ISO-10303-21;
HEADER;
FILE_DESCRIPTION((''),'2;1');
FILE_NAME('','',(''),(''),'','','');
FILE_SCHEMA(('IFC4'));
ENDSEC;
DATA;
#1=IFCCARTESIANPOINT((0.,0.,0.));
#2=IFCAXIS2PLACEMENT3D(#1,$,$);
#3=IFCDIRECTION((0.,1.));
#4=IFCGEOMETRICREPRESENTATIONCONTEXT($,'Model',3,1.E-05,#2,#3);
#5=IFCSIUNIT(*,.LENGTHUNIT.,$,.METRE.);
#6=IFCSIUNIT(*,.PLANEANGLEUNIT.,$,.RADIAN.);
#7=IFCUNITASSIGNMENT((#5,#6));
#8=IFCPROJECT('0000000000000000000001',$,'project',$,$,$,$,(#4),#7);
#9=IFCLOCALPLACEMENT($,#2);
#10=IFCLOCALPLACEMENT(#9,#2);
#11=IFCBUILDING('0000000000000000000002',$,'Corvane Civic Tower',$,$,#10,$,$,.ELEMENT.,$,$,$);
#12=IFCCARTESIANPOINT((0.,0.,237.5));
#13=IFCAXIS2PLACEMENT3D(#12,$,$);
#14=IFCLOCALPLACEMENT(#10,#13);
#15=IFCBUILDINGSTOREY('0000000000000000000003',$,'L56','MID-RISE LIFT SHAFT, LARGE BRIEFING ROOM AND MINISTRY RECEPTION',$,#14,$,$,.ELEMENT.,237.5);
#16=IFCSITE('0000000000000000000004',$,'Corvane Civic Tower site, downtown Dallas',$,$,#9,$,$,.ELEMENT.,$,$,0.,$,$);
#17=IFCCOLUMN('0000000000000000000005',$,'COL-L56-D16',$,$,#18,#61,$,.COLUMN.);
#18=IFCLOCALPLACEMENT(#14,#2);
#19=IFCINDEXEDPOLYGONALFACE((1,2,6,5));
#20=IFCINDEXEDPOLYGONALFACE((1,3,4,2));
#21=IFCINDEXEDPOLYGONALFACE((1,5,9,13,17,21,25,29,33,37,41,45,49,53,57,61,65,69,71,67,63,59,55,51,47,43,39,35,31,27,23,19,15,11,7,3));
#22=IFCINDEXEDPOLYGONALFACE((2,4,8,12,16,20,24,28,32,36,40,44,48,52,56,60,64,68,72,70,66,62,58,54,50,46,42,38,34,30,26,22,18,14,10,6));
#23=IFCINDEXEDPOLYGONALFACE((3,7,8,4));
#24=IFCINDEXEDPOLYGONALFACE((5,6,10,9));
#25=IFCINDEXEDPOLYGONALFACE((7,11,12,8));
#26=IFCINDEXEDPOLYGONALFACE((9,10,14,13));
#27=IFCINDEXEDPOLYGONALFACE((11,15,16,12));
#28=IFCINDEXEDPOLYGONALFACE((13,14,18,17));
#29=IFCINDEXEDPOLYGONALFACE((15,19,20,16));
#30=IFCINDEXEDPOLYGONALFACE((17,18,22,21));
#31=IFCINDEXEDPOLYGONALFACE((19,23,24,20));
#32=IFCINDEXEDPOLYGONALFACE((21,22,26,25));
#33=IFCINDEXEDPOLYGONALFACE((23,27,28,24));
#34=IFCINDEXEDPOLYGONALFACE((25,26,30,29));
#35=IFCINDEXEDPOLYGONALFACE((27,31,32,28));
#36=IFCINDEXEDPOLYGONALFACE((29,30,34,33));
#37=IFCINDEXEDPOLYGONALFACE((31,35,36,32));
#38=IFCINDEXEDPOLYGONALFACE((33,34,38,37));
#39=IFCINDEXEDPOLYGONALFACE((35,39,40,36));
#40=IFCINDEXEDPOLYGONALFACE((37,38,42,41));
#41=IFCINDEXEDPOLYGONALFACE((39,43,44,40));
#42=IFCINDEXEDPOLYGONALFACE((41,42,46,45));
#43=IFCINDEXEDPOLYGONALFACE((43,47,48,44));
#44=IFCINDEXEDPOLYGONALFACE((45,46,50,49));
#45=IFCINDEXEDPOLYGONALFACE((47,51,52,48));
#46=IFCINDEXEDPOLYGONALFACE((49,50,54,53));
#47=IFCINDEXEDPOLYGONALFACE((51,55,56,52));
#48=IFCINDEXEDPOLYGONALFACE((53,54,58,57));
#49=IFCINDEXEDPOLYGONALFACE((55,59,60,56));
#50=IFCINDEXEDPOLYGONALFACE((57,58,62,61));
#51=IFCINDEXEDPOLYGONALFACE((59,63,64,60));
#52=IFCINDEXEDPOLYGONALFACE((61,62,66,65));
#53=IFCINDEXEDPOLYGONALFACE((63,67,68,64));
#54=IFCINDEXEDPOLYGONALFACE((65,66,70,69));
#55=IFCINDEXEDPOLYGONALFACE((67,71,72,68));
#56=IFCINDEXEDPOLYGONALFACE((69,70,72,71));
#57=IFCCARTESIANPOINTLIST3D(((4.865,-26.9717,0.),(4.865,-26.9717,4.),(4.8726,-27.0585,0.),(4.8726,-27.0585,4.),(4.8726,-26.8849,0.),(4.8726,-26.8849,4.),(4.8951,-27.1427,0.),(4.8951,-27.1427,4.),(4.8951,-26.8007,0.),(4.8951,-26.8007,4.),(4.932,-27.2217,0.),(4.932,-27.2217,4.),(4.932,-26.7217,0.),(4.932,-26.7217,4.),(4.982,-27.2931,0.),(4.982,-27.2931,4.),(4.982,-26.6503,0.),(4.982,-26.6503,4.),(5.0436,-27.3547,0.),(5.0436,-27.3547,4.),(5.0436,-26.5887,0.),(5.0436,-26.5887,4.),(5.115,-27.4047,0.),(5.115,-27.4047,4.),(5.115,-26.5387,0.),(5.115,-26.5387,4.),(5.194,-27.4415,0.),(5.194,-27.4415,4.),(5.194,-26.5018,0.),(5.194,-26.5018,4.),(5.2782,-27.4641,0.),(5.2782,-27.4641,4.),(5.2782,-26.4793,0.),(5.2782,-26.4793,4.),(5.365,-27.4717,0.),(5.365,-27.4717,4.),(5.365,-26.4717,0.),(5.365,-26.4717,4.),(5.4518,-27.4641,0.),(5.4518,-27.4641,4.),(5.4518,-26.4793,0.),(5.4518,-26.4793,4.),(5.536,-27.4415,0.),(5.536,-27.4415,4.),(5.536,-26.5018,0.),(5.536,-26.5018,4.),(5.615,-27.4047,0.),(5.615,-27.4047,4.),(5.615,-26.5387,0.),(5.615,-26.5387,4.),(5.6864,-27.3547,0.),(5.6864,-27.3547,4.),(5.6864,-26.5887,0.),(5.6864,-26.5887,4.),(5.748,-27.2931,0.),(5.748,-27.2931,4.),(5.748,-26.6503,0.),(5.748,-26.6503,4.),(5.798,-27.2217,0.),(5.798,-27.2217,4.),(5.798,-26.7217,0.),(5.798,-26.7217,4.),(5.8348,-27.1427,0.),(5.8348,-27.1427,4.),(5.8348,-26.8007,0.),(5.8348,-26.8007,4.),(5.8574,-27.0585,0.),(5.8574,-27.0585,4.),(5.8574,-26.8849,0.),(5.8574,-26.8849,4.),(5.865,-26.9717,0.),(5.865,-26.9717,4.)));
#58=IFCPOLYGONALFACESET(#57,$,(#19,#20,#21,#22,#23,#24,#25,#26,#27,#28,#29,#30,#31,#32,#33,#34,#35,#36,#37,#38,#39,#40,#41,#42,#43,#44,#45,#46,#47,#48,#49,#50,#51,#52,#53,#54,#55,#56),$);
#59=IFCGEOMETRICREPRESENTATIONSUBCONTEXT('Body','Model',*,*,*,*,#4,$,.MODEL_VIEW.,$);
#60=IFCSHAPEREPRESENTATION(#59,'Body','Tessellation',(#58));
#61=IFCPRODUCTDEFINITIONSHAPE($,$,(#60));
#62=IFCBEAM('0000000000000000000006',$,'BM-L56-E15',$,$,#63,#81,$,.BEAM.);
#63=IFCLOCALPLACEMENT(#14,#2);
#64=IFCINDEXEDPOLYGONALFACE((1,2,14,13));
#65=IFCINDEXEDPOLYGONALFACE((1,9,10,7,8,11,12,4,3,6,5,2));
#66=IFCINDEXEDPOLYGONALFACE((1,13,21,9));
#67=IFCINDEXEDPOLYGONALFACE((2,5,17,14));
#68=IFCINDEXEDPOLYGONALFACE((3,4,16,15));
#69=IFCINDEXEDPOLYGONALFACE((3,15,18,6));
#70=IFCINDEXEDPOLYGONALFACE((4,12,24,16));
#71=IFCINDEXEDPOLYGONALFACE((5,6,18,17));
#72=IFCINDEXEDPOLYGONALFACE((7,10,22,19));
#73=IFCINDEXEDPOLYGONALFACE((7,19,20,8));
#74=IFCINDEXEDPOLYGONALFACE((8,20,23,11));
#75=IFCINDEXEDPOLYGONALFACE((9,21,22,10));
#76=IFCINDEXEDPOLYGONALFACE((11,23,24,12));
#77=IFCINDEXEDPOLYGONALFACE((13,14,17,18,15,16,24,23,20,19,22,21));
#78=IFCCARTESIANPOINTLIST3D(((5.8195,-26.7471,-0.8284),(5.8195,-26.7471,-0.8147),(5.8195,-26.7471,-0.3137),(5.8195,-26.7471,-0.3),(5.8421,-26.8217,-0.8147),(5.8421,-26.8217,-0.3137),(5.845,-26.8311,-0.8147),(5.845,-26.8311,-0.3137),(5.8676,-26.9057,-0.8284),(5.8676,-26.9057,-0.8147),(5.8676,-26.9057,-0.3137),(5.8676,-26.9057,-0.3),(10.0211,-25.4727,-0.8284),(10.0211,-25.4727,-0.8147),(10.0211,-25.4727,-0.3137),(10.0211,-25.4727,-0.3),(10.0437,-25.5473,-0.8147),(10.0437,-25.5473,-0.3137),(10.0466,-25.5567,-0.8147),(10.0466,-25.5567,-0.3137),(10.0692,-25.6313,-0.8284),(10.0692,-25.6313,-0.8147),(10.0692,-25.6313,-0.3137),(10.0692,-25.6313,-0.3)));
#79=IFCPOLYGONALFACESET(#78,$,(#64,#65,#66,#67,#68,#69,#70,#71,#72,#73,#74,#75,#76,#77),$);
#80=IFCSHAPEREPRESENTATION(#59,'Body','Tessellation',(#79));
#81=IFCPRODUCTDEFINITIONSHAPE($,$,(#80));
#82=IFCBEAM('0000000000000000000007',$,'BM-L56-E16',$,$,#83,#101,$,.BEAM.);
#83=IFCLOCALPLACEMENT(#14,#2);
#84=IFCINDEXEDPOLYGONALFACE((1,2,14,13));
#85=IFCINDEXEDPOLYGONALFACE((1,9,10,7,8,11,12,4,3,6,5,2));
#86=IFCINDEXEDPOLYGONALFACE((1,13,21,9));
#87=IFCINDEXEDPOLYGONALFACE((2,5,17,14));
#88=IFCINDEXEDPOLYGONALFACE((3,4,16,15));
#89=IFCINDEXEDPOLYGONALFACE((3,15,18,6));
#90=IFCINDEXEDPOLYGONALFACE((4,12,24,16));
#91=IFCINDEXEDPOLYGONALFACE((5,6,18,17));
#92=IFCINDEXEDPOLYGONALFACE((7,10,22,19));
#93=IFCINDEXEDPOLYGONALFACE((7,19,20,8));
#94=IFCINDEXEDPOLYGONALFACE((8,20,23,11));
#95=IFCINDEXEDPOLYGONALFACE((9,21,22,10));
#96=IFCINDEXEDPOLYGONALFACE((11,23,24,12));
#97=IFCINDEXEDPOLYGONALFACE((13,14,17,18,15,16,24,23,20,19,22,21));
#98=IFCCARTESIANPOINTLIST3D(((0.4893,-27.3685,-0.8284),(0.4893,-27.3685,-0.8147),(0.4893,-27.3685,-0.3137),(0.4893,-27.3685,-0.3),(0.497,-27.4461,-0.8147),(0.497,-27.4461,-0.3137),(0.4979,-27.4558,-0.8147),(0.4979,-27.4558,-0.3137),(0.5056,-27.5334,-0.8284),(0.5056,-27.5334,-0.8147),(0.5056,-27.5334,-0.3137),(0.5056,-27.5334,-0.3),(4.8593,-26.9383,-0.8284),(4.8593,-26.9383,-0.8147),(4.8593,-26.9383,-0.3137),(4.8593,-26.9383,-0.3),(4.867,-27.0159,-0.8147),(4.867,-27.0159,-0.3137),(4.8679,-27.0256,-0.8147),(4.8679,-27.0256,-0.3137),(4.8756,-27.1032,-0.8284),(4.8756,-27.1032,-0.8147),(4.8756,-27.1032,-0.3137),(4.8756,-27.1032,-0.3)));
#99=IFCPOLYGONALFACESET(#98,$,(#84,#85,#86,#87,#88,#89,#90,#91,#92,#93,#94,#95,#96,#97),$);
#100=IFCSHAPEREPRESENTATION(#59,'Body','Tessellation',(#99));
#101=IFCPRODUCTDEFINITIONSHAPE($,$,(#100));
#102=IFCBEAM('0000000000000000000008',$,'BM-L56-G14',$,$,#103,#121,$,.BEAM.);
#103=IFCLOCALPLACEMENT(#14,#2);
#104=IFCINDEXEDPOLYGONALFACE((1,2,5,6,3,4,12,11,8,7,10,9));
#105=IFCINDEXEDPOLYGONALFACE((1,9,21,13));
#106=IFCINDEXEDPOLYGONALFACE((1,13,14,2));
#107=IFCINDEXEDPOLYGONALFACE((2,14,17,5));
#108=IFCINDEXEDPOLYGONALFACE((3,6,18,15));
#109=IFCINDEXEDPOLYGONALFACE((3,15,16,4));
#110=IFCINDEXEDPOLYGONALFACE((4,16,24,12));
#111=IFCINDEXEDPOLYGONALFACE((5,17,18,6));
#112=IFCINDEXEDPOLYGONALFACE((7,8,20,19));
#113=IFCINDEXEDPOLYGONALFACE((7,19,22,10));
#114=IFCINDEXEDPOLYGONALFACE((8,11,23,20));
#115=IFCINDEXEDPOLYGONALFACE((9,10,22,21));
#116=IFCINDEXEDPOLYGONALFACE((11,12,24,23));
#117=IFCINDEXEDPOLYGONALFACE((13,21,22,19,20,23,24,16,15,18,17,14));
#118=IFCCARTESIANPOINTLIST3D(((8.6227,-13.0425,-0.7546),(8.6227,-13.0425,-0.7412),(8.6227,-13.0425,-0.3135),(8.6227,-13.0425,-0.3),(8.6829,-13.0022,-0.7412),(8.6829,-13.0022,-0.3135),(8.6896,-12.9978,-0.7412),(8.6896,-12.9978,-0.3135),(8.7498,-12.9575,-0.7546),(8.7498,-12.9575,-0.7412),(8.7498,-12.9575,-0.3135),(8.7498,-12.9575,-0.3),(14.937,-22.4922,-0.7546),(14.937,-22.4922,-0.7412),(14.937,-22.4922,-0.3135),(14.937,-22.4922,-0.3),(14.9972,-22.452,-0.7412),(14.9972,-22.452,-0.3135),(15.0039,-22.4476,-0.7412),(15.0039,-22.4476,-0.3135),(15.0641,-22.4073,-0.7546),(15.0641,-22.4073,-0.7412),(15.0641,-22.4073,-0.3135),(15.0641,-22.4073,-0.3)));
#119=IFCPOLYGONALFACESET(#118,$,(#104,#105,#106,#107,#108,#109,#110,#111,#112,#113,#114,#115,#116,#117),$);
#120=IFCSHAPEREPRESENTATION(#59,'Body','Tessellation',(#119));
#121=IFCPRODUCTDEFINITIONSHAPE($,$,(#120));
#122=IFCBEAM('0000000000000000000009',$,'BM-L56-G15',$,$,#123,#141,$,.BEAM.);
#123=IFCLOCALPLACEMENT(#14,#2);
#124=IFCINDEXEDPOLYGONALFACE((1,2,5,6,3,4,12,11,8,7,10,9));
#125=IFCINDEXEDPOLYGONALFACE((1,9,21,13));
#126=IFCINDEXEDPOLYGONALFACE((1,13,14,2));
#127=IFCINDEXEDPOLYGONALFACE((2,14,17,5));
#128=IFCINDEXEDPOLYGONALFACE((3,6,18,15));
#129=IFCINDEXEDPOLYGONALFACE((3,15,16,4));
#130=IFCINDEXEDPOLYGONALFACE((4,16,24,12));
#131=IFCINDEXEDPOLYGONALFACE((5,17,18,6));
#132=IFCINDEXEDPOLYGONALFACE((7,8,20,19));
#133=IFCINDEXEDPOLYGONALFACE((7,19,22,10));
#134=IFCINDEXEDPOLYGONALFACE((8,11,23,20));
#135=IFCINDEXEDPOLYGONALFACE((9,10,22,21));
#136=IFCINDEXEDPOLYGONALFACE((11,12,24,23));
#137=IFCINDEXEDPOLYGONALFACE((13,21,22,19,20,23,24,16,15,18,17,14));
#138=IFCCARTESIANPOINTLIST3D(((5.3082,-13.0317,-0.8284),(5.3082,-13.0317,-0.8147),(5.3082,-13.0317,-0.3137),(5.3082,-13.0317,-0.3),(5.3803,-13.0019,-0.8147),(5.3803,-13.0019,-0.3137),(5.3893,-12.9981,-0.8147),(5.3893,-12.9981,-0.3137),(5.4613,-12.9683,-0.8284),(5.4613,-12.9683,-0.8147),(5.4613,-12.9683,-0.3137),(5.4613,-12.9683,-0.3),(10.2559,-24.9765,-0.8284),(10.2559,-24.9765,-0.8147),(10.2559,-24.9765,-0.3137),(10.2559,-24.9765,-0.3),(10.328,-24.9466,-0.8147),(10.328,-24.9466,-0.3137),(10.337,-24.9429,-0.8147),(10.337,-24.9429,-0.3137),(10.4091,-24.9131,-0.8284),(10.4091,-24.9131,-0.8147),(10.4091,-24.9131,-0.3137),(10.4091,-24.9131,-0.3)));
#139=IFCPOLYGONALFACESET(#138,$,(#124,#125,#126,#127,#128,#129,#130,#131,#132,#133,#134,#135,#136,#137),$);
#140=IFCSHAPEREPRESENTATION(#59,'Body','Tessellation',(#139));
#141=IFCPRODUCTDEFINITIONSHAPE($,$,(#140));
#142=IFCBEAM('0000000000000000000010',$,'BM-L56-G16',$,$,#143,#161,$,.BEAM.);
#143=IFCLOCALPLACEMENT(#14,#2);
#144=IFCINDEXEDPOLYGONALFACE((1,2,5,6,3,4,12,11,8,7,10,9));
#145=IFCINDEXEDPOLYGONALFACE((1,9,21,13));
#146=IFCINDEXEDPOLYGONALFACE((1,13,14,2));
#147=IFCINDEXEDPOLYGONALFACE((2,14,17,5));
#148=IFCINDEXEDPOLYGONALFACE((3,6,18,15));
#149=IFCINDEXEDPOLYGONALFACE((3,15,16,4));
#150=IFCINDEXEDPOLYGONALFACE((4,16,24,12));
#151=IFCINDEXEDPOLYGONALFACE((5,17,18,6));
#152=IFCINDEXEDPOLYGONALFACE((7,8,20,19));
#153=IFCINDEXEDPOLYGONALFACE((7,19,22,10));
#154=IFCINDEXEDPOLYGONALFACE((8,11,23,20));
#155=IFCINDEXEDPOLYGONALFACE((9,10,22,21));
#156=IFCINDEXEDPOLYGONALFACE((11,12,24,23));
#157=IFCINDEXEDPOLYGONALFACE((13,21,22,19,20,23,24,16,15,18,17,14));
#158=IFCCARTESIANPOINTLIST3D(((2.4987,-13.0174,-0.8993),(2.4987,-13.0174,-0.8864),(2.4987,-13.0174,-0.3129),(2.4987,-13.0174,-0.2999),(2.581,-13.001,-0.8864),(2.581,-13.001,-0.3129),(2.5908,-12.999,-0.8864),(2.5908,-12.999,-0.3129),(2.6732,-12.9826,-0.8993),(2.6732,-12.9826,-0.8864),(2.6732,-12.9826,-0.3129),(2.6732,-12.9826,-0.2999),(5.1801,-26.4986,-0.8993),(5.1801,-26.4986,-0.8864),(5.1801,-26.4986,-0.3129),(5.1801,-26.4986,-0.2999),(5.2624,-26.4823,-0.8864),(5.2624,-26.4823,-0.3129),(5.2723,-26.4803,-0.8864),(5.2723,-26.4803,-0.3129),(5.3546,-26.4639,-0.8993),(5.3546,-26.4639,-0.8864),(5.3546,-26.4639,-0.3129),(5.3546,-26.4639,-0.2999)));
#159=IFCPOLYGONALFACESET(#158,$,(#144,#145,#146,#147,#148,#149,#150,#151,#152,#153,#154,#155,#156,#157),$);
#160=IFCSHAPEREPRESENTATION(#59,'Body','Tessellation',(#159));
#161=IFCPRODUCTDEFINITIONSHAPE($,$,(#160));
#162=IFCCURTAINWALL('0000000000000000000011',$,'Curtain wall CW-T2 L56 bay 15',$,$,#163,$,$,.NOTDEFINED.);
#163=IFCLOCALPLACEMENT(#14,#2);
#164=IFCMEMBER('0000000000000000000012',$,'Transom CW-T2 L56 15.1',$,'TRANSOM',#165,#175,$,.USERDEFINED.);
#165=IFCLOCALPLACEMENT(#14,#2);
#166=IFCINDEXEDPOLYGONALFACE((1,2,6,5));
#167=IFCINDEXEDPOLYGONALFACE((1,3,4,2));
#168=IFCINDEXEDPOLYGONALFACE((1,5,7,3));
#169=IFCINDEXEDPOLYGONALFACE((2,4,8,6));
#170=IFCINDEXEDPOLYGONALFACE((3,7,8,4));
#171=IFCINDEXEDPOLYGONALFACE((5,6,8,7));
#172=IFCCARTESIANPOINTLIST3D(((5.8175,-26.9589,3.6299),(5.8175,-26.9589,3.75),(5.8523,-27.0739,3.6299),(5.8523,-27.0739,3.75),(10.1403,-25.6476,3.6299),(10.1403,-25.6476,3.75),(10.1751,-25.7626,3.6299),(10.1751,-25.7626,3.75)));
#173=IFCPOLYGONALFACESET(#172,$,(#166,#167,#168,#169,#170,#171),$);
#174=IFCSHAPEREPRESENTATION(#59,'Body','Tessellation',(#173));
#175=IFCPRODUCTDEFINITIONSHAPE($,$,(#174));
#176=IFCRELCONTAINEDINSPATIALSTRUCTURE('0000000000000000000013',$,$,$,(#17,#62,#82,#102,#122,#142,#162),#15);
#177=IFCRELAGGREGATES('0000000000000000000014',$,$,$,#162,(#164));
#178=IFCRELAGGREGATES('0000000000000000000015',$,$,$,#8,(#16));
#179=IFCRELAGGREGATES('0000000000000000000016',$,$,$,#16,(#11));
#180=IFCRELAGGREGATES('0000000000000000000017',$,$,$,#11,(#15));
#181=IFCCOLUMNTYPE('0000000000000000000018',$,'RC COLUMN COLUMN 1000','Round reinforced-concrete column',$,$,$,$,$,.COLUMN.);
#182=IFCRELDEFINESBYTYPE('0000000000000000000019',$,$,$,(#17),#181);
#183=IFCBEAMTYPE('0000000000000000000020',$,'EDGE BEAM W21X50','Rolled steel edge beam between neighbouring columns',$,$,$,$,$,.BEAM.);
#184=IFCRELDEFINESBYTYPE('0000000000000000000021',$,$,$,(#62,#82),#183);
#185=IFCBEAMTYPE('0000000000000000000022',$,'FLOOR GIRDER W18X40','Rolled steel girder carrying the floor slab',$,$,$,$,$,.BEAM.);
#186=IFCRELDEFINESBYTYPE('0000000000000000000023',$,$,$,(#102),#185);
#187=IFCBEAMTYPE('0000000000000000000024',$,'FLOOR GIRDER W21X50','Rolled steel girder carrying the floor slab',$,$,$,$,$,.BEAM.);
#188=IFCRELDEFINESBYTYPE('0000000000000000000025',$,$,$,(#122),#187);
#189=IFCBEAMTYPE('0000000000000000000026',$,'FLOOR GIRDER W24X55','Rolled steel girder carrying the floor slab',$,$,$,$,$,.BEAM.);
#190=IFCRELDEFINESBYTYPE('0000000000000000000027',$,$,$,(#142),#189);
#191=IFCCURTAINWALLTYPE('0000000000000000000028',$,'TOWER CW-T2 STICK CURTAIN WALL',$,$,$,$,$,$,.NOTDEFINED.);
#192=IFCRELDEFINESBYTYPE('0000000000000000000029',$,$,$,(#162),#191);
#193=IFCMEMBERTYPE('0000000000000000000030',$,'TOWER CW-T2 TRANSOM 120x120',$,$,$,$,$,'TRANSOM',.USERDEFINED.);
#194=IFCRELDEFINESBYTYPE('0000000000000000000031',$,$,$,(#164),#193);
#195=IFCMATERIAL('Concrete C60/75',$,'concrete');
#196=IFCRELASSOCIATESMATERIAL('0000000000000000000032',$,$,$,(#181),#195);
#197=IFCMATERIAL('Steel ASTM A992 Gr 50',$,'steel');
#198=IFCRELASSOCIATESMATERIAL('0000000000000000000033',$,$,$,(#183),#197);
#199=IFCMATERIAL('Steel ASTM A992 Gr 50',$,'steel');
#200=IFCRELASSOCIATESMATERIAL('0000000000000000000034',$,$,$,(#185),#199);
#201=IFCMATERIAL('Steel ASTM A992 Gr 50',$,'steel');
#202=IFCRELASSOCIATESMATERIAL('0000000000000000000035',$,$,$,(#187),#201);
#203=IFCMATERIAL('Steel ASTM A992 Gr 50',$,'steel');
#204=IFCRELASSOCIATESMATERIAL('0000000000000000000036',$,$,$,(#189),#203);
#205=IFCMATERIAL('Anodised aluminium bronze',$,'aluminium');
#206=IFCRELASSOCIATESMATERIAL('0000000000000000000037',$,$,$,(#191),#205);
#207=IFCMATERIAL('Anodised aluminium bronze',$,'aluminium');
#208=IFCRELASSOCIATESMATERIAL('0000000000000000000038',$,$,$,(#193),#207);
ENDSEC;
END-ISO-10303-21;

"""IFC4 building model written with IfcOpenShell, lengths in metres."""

from ifc_helpers import new_model, si_unit, direction, frame, origin, origin_2d, place, context, subcontext, project, spatial, rectangle, circle, i_section, extrude, material, material_profile, profile_set, type_object, element, aggregate, save


model = new_model("IFC4")

# Units and contexts
model_context = context("Model", 3, precision=1e-05, world=origin(), true_north=direction((0.0, 1.0)))
body_context = subcontext(model_context, "Body", "Model", "MODEL_VIEW")
ifc_project = project(units=[si_unit("LENGTHUNIT", "METRE"), si_unit("PLANEANGLEUNIT", "RADIAN")], contexts=[model_context])

# Site, building, storey
site_placement = place(None, origin())
site = spatial("IfcSite", under=ifc_project, at=site_placement, Name="Corvane Civic Tower site, downtown Dallas", CompositionType="ELEMENT", RefElevation=0.0)
building_placement = place(site_placement, origin())
building = spatial("IfcBuilding", under=site, at=building_placement, Name="Corvane Civic Tower", CompositionType="ELEMENT")
storey_placement = place(building_placement, frame((0.0, 0.0, 237.5)))
storey = spatial("IfcBuildingStorey", under=building, at=storey_placement, Name="L56", Description="MID-RISE LIFT SHAFT, LARGE BRIEFING ROOM AND MINISTRY RECEPTION", CompositionType="ELEMENT", Elevation=237.5)

# Column
ifc_material_1 = material(Name="Concrete C60/75", Category="concrete")
ifc_material_profile_1 = material_profile(ifc_material_1, circle(Radius=0.5, at=origin_2d()), Name="COLUMN 1000")
ifc_profile_set_1 = profile_set([ifc_material_profile_1], Name="Concrete C60/75")
column_type = type_object("IfcColumnType", Name="RC COLUMN COLUMN 1000", Description="Round reinforced-concrete column", PredefinedType="COLUMN", material=ifc_profile_set_1)
column_placement = place(storey_placement, frame((5.365, -26.9717, 0.0), z_axis=(0.0, 0.0, 1.0), x_axis=(1.0, 0.0, 0.0)))
element("IfcColumn", 1, at=column_placement, inside=storey, type_object=column_type, Name="COL-L56-D16", PredefinedType="COLUMN", context=body_context, shape_type="SweptSolid", body=[
    extrude(circle(Radius=0.5, at=origin_2d()), origin(), (0.0, 0.0, 1.0), 4.0),
])

# Beams
ifc_material_2 = material(Name="Steel ASTM A992 Gr 50", Category="steel")
ifc_material_profile_2 = material_profile(ifc_material_2, i_section(OverallWidth=0.1658, OverallDepth=0.5283, WebThickness=0.0098, FlangeThickness=0.0137, at=origin_2d()), Name="W21X50")
ifc_profile_set_2 = profile_set([ifc_material_profile_2], Name="Steel ASTM A992 Gr 50")
beam_type_1 = type_object("IfcBeamType", Name="EDGE BEAM W21X50", Description="Rolled steel edge beam between neighbouring columns", PredefinedType="BEAM", material=ifc_profile_set_2)
beam_1_placement = place(storey_placement, frame((10.0452, -25.552, -0.5642), z_axis=(-0.95695, -0.290254, 0.0), x_axis=(0.290254, -0.95695, 0.0)))
element("IfcBeam", 2, at=beam_1_placement, inside=storey, type_object=beam_type_1, Name="BM-L56-E15", PredefinedType="BEAM", context=body_context, shape_type="SweptSolid", body=[
    extrude(i_section(OverallWidth=0.1658, OverallDepth=0.5283, WebThickness=0.0098, FlangeThickness=0.0137, at=origin_2d()), origin(), (0.0, 0.0, 1.0), 4.3906),
])
beam_2_placement = place(storey_placement, frame((4.8674, -27.0208, -0.5642), z_axis=(-0.99519, -0.097968, 0.0), x_axis=(0.097968, -0.99519, 0.0)))
element("IfcBeam", 3, at=beam_2_placement, inside=storey, type_object=beam_type_1, Name="BM-L56-E16", PredefinedType="BEAM", context=body_context, shape_type="SweptSolid", body=[
    extrude(i_section(OverallWidth=0.1658, OverallDepth=0.5283, WebThickness=0.0098, FlangeThickness=0.0137, at=origin_2d()), origin(), (0.0, 0.0, 1.0), 4.3911),
])
ifc_material_3 = material(Name="Steel ASTM A992 Gr 50", Category="steel")
ifc_material_profile_3 = material_profile(ifc_material_3, i_section(OverallWidth=0.1528, OverallDepth=0.4546, WebThickness=0.0081, FlangeThickness=0.0134, at=origin_2d()), Name="W18X40")
ifc_profile_set_3 = profile_set([ifc_material_profile_3], Name="Steel ASTM A992 Gr 50")
beam_type_2 = type_object("IfcBeamType", Name="FLOOR GIRDER W18X40", Description="Rolled steel girder carrying the floor slab", PredefinedType="BEAM", material=ifc_profile_set_3)
beam_3_placement = place(storey_placement, frame((8.6863, -13.0, -0.5273), z_axis=(0.555577, -0.831465, 0.0), x_axis=(0.831465, 0.555577, 0.0)))
element("IfcBeam", 4, at=beam_3_placement, inside=storey, type_object=beam_type_2, Name="BM-L56-G14", PredefinedType="BEAM", context=body_context, shape_type="SweptSolid", body=[
    extrude(i_section(OverallWidth=0.1528, OverallDepth=0.4546, WebThickness=0.0081, FlangeThickness=0.0134, at=origin_2d()), origin(), (0.0, 0.0, 1.0), 11.3652),
])
ifc_material_4 = material(Name="Steel ASTM A992 Gr 50", Category="steel")
ifc_material_profile_4 = material_profile(ifc_material_4, i_section(OverallWidth=0.1658, OverallDepth=0.5283, WebThickness=0.0098, FlangeThickness=0.0137, at=origin_2d()), Name="W21X50")
ifc_profile_set_4 = profile_set([ifc_material_profile_4], Name="Steel ASTM A992 Gr 50")
beam_type_3 = type_object("IfcBeamType", Name="FLOOR GIRDER W21X50", Description="Rolled steel girder carrying the floor slab", PredefinedType="BEAM", material=ifc_profile_set_4)
beam_4_placement = place(storey_placement, frame((5.3848, -13.0, -0.5642), z_axis=(0.382686, -0.923878, 0.0), x_axis=(0.923878, 0.382686, 0.0)))
element("IfcBeam", 5, at=beam_4_placement, inside=storey, type_object=beam_type_3, Name="BM-L56-G15", PredefinedType="BEAM", context=body_context, shape_type="SweptSolid", body=[
    extrude(i_section(OverallWidth=0.1658, OverallDepth=0.5283, WebThickness=0.0098, FlangeThickness=0.0137, at=origin_2d()), origin(), (0.0, 0.0, 1.0), 12.929),
])
ifc_material_5 = material(Name="Steel ASTM A992 Gr 50", Category="steel")
ifc_material_profile_5 = material_profile(ifc_material_5, i_section(OverallWidth=0.178, OverallDepth=0.5994, WebThickness=0.01, FlangeThickness=0.0129, at=origin_2d()), Name="W24X55")
ifc_profile_set_5 = profile_set([ifc_material_profile_5], Name="Steel ASTM A992 Gr 50")
beam_type_4 = type_object("IfcBeamType", Name="FLOOR GIRDER W24X55", Description="Rolled steel girder carrying the floor slab", PredefinedType="BEAM", material=ifc_profile_set_5)
beam_5_placement = place(storey_placement, frame((2.5859, -13.0, -0.5996), z_axis=(0.195078, -0.980788, 0.0), x_axis=(0.980788, 0.195078, 0.0)))
element("IfcBeam", 6, at=beam_5_placement, inside=storey, type_object=beam_type_4, Name="BM-L56-G16", PredefinedType="BEAM", context=body_context, shape_type="SweptSolid", body=[
    extrude(i_section(OverallWidth=0.178, OverallDepth=0.5994, WebThickness=0.01, FlangeThickness=0.0129, at=origin_2d()), origin(), (0.0, 0.0, 1.0), 13.7454),
])

# Curtain wall, member
ifc_material_6 = material(Name="Anodised aluminium bronze", Category="aluminium")
curtain_wall_type = type_object("IfcCurtainWallType", Name="TOWER CW-T2 STICK CURTAIN WALL", PredefinedType="NOTDEFINED", material=ifc_material_6)
curtain_wall_1_placement = place(storey_placement, origin())
curtain_wall_1 = element("IfcCurtainWall", 7, at=curtain_wall_1_placement, inside=storey, type_object=curtain_wall_type, Name="Curtain wall CW-T2 L56 bay 15", PredefinedType="NOTDEFINED")
ifc_material_7 = material(Name="Anodised aluminium bronze", Category="aluminium")
ifc_material_profile_6 = material_profile(ifc_material_7, rectangle(XDim=0.1201, YDim=0.1201, at=origin_2d()), Name="TOWER CW-T2 TRANSOM 120x120")
ifc_profile_set_6 = profile_set([ifc_material_profile_6], Name="Anodised aluminium bronze")
member_type = type_object("IfcMemberType", Name="TOWER CW-T2 TRANSOM 120x120", ElementType="TRANSOM", PredefinedType="USERDEFINED", material=ifc_profile_set_6)
member_1_placement = place(storey_placement, frame((10.1577, -25.7051, 3.6899), z_axis=(-0.956941, -0.290282, 0.0), x_axis=(0.290282, -0.956941, 0.0)))
member_1 = element("IfcMember", 8, at=member_1_placement, type_object=member_type, Name="Transom CW-T2 L56 15.1", ObjectType="TRANSOM", PredefinedType="USERDEFINED", context=body_context, shape_type="SweptSolid", body=[
    extrude(rectangle(XDim=0.1201, YDim=0.1201, at=origin_2d()), origin(), (0.0, 0.0, 1.0), 4.5173),
])

aggregate(curtain_wall_1, [member_1])

save(model, "model.ifc")
